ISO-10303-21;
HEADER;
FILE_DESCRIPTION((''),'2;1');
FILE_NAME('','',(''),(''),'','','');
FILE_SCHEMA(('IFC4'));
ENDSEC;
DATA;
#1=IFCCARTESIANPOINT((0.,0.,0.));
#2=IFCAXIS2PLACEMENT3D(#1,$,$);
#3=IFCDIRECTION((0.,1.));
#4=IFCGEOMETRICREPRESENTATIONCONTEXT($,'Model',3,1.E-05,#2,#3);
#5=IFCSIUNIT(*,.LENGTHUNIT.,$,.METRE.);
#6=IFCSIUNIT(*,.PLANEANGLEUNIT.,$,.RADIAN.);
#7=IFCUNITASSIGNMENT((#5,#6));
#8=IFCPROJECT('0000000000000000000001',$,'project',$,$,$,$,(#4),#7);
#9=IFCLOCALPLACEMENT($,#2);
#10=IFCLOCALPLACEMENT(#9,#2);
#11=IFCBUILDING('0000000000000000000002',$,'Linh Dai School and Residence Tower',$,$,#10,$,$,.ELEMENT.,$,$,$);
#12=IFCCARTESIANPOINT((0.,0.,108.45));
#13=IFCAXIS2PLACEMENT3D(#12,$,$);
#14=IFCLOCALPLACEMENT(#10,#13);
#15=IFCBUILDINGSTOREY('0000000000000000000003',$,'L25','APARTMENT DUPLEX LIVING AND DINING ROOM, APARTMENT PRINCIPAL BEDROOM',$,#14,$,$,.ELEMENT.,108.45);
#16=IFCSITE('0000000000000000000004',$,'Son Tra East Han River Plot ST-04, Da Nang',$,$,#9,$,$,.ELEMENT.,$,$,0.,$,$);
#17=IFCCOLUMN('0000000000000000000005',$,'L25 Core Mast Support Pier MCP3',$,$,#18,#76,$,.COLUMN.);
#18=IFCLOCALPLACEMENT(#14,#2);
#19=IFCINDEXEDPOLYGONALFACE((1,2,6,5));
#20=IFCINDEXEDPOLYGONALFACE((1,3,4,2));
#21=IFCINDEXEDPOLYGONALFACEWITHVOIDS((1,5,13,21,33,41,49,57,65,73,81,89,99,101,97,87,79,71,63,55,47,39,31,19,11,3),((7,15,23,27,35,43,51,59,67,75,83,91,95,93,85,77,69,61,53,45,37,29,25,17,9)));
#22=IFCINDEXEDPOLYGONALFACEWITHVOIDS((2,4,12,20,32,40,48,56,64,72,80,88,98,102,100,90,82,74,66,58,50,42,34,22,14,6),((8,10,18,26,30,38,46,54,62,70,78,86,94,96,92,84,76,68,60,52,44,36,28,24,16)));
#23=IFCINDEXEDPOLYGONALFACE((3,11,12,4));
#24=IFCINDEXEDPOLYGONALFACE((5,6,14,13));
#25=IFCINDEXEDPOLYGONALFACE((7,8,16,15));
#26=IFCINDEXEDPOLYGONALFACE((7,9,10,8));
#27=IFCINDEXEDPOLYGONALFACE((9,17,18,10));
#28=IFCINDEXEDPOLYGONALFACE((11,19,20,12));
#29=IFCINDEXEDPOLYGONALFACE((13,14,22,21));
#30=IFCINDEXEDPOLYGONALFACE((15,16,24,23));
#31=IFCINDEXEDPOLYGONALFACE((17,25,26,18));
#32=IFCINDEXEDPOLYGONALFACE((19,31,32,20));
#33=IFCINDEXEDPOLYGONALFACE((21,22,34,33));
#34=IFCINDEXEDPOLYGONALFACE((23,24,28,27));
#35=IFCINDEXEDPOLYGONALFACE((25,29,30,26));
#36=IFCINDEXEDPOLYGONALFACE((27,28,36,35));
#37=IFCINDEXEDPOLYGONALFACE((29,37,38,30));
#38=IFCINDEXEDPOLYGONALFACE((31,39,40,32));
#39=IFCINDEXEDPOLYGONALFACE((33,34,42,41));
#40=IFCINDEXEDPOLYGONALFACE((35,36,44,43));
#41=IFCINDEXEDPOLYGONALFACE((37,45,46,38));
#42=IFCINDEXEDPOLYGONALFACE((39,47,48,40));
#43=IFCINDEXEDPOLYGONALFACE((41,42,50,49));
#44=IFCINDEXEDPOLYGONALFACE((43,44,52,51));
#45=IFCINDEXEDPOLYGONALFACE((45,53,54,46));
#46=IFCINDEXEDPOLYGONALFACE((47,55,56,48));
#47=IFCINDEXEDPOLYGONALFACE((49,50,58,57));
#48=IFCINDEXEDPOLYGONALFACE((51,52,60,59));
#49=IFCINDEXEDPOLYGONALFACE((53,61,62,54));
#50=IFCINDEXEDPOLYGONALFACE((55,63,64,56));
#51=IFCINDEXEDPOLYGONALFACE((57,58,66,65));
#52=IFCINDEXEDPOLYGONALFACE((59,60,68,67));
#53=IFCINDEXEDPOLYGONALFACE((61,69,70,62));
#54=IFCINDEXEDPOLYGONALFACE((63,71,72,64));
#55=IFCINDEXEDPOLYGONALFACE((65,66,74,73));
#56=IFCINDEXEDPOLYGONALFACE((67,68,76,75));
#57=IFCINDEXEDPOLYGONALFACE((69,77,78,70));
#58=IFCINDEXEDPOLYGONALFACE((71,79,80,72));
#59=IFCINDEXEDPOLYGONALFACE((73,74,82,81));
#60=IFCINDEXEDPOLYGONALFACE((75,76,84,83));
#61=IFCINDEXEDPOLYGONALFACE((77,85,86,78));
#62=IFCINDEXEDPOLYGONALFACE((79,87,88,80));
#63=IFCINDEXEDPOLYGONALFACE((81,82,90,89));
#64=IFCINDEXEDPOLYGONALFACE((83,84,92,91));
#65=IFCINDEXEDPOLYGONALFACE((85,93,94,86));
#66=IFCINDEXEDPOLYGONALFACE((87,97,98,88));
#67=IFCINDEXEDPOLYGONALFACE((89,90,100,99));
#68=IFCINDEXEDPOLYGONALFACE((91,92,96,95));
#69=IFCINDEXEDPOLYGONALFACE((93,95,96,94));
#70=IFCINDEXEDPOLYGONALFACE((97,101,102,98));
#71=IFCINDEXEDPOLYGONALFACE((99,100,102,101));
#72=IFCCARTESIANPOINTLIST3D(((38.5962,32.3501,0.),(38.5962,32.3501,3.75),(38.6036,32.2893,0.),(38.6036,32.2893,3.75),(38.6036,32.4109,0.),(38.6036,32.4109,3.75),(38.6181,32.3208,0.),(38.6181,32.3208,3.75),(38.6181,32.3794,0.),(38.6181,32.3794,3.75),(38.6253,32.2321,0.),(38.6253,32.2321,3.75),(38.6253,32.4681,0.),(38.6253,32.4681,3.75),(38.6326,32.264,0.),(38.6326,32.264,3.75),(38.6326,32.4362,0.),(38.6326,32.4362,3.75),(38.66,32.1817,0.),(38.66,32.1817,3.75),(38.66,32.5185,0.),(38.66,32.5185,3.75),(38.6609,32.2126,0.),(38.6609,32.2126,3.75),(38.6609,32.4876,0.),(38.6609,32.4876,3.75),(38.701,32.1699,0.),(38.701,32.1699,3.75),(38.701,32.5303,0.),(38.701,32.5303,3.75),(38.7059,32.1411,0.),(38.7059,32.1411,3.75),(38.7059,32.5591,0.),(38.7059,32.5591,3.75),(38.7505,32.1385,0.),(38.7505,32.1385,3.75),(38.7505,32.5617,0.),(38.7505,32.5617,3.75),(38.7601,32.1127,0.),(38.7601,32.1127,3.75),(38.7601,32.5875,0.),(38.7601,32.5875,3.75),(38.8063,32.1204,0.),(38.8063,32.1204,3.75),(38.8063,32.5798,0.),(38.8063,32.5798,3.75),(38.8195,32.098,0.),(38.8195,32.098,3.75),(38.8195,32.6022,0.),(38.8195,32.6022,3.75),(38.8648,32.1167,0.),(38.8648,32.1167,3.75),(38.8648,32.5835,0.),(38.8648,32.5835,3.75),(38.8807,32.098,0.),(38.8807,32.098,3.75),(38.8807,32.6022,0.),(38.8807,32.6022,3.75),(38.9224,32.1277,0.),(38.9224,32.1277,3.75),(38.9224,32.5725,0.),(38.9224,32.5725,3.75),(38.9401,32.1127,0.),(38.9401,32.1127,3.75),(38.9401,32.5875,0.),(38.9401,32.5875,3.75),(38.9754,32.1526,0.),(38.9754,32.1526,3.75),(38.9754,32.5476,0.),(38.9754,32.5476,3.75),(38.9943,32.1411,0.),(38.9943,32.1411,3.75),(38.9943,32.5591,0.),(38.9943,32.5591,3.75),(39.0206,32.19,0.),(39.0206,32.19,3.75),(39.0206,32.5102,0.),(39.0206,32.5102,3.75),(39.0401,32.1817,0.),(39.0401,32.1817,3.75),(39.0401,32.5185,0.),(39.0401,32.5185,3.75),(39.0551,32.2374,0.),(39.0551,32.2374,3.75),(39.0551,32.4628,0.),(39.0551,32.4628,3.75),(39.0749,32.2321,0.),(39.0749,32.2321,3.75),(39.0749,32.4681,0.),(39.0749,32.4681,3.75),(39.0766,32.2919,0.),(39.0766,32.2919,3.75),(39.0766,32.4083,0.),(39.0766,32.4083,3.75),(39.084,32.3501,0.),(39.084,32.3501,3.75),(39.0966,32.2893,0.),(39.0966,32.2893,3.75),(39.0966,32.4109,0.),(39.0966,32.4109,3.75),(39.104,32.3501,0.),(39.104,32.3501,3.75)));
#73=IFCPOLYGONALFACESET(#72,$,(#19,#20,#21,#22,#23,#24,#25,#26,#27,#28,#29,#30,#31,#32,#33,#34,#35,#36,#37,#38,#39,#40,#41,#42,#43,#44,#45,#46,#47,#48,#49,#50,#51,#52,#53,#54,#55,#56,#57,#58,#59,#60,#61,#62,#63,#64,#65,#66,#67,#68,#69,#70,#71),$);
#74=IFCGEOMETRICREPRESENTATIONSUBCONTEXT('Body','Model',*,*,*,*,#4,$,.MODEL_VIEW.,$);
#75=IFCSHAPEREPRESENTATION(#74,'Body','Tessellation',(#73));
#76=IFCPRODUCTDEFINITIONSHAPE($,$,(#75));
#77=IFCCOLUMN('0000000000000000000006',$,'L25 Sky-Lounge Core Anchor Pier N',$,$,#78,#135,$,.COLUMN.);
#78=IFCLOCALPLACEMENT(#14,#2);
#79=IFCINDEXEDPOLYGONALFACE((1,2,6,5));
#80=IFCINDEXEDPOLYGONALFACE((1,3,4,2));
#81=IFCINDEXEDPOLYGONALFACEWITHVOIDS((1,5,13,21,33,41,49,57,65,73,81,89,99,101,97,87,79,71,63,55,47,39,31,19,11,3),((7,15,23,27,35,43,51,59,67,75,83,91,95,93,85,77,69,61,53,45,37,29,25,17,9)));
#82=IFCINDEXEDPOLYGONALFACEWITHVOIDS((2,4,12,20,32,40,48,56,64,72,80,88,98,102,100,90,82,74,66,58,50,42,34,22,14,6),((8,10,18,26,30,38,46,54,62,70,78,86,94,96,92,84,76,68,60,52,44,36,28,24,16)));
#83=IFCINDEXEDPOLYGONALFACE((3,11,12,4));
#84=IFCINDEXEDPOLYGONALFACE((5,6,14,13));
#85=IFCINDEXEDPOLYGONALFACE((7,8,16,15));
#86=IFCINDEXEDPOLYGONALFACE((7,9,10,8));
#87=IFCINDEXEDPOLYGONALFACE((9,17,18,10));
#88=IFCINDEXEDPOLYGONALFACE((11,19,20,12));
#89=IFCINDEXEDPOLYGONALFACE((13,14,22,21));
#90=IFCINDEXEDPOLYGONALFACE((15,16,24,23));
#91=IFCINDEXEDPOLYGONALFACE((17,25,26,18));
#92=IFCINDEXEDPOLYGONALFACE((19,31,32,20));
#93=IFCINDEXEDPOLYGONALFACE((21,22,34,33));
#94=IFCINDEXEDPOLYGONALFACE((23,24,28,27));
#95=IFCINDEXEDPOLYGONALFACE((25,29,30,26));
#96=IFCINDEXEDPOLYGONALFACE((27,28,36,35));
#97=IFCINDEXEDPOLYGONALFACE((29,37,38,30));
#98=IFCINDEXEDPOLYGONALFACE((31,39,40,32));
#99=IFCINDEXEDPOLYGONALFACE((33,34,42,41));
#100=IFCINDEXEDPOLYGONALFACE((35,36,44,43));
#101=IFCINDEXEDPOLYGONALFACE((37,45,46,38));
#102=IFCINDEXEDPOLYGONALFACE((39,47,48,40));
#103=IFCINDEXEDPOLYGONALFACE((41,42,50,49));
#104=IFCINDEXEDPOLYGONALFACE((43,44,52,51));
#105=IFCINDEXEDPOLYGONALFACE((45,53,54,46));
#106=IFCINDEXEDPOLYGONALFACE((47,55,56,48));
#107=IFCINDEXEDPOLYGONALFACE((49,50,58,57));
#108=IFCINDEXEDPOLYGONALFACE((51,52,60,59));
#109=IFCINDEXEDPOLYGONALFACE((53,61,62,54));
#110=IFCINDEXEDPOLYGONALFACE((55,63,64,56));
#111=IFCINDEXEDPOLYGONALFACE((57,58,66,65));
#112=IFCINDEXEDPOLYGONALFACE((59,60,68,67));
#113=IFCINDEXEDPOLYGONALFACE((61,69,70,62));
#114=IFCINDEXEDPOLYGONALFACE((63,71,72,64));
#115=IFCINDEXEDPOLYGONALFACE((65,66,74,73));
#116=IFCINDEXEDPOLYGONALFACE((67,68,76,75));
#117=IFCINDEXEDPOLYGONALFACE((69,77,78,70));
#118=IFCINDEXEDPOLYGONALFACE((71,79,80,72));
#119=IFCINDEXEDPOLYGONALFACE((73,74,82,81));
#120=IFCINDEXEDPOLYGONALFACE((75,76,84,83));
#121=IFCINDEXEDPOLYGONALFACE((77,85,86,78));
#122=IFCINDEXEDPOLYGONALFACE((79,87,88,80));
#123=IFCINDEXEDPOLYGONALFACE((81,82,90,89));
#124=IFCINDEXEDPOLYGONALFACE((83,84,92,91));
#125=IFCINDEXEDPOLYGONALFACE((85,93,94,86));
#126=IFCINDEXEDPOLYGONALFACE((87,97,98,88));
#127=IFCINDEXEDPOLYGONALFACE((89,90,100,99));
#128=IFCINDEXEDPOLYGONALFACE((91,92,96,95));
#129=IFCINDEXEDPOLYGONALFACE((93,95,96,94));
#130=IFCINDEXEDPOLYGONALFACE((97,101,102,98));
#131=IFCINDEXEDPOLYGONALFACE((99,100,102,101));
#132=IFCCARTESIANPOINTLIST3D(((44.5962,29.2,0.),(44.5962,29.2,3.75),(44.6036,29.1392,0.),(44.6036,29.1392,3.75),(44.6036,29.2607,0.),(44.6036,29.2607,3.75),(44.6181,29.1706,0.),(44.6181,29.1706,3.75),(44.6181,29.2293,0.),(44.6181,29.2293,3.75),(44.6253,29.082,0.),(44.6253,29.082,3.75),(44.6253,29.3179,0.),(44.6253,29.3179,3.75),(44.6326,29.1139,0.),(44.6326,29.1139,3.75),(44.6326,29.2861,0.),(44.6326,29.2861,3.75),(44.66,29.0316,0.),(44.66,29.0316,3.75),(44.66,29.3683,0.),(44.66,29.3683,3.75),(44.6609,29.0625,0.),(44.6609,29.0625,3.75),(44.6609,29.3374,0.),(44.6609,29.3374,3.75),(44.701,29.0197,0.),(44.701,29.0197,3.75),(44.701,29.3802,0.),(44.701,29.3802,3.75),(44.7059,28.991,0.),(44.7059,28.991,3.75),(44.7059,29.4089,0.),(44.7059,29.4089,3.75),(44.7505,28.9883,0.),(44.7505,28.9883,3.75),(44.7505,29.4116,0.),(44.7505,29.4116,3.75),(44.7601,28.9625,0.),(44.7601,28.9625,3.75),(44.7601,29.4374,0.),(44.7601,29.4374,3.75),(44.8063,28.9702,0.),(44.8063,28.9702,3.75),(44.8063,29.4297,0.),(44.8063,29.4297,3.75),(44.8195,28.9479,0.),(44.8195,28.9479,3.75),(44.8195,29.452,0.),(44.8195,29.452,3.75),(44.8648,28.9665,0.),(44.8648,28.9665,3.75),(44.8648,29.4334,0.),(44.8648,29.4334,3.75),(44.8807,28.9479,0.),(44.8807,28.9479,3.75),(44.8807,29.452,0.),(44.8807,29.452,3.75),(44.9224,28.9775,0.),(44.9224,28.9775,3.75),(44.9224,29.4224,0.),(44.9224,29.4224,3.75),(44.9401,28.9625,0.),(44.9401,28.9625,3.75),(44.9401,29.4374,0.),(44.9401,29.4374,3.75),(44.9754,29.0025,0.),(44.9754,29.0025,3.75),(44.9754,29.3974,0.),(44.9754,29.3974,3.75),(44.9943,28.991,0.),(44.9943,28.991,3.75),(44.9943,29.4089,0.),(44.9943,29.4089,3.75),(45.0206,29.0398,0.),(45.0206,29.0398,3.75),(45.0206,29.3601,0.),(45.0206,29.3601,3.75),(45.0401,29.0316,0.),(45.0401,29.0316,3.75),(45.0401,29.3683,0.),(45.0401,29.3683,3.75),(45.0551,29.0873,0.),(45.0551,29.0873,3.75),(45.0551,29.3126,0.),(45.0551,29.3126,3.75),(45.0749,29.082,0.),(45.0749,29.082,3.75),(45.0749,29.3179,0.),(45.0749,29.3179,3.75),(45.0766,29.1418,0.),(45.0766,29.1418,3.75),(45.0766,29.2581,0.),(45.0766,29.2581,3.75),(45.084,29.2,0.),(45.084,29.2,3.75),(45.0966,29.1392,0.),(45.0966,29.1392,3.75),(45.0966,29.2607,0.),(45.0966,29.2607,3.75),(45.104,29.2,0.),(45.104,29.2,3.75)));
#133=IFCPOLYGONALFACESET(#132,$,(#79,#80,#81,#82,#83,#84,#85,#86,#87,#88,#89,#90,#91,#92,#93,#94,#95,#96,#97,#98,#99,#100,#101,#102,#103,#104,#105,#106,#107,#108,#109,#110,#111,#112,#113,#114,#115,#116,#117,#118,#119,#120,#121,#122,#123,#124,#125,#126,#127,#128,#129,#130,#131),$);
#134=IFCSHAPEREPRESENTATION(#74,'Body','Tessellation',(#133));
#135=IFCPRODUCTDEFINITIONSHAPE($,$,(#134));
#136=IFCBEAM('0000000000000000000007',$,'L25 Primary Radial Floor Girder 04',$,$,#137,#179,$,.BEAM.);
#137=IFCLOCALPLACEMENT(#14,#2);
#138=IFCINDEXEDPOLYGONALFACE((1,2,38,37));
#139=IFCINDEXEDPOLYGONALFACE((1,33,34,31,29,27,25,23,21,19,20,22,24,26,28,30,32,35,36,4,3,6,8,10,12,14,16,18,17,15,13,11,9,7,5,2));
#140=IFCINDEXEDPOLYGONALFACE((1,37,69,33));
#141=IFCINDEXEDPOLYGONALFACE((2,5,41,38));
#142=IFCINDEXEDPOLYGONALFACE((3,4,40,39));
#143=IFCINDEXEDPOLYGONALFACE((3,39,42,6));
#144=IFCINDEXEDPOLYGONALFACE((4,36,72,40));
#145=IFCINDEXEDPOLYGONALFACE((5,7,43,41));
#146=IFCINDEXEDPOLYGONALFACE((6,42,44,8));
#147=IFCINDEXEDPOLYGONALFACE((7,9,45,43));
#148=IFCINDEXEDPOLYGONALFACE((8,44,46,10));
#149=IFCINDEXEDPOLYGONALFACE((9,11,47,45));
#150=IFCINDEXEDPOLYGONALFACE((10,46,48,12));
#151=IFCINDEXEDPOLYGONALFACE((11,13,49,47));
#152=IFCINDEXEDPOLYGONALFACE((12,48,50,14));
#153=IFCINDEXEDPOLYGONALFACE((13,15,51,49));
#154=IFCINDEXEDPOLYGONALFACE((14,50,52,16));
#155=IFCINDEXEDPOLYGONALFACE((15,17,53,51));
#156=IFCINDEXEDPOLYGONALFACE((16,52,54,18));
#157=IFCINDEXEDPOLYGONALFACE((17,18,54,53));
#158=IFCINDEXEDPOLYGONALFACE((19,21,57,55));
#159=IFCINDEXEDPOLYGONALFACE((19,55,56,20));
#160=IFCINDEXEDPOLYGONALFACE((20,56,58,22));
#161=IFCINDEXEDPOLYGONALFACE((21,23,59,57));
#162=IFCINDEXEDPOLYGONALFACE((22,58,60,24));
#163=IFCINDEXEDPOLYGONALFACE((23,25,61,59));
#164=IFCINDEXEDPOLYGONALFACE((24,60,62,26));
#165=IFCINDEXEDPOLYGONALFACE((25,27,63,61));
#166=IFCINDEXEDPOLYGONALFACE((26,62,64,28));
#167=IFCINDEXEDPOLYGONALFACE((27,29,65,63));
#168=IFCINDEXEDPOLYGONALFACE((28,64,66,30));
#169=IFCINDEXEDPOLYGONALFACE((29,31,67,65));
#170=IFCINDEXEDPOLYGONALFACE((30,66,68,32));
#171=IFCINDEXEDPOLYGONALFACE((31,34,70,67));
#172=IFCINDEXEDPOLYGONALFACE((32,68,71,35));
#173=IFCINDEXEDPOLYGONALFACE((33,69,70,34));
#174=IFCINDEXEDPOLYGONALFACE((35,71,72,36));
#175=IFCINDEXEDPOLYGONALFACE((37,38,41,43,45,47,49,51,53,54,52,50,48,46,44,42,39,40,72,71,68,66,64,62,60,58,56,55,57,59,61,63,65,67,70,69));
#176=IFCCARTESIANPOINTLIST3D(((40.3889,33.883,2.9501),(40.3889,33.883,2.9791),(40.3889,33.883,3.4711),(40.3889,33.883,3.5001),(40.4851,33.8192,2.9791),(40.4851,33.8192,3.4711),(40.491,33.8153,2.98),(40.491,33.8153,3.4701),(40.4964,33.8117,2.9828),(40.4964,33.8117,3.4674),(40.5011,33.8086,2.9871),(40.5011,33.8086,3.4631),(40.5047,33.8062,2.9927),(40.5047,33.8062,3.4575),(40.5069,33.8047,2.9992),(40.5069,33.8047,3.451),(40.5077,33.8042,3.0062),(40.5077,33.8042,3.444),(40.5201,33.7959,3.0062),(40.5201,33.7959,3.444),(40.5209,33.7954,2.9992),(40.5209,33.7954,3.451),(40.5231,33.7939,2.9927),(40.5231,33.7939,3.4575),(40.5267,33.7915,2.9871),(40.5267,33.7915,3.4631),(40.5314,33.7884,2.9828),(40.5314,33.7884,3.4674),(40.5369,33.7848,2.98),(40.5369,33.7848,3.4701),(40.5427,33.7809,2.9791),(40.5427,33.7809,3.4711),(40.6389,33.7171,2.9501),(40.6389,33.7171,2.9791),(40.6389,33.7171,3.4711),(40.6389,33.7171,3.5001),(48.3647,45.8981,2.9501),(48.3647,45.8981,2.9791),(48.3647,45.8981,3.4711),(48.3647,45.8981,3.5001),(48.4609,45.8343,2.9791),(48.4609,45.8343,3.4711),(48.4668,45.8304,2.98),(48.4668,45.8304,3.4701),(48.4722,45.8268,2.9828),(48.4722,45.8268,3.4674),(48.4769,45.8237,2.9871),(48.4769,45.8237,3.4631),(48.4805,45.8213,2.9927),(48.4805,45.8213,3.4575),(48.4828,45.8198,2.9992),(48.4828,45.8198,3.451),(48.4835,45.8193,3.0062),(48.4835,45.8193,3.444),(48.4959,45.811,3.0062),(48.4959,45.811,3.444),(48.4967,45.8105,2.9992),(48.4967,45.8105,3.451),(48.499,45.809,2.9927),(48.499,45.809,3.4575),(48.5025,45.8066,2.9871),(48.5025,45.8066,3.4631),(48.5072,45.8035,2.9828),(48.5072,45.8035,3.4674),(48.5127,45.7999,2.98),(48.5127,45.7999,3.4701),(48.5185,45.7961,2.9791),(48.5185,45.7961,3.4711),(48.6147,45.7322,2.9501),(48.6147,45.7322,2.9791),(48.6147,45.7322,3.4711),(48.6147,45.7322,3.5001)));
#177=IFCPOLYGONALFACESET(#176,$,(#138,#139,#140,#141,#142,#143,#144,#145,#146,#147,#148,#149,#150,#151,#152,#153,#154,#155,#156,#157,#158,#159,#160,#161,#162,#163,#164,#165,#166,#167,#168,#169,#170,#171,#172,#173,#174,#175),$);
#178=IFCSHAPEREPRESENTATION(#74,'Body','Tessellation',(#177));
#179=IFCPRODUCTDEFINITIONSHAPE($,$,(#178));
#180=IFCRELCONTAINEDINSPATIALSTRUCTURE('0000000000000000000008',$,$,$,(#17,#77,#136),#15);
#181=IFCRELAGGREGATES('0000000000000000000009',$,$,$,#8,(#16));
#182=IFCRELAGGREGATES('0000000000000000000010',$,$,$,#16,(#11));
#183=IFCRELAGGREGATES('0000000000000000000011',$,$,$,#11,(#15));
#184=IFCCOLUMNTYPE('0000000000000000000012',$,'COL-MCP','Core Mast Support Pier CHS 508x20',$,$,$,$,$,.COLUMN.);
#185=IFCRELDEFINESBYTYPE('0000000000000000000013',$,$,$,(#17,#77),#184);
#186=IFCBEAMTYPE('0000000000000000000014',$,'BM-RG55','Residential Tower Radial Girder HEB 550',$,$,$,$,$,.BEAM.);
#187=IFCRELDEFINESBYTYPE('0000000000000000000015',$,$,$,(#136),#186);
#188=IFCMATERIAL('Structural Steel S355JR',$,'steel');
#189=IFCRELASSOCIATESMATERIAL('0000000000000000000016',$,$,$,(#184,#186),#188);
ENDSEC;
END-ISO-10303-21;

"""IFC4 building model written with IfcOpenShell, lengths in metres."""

from ifc_helpers import new_model, si_unit, direction, frame, origin, origin_2d, place, context, subcontext, project, spatial, hollow_circle, i_section, extrude, material, material_profile, profile_set, type_object, element, save


model = new_model("IFC4")

# Units and contexts
model_context = context("Model", 3, precision=1e-05, world=origin(), true_north=direction((0.0, 1.0)))
body_context = subcontext(model_context, "Body", "Model", "MODEL_VIEW")
ifc_project = project(units=[si_unit("LENGTHUNIT", "METRE"), si_unit("PLANEANGLEUNIT", "RADIAN")], contexts=[model_context])

# Site, building, storey
site_placement = place(None, origin())
site = spatial("IfcSite", under=ifc_project, at=site_placement, Name="Son Tra East Han River Plot ST-04, Da Nang", CompositionType="ELEMENT", RefElevation=0.0)
building_placement = place(site_placement, origin())
building = spatial("IfcBuilding", under=site, at=building_placement, Name="Linh Dai School and Residence Tower", CompositionType="ELEMENT")
storey_placement = place(building_placement, frame((0.0, 0.0, 108.45)))
storey = spatial("IfcBuildingStorey", under=building, at=storey_placement, Name="L25", Description="APARTMENT DUPLEX LIVING AND DINING ROOM, APARTMENT PRINCIPAL BEDROOM", CompositionType="ELEMENT", Elevation=108.45)

# Columns
ifc_material_1 = material(Name="Structural Steel S355JR", Category="steel")
ifc_material_profile_1 = material_profile(ifc_material_1, hollow_circle(Radius=0.2539, WallThickness=0.02, at=origin_2d()), Name="CHS 508x20")
ifc_profile_set_1 = profile_set([ifc_material_profile_1], Name="Structural Steel S355JR")
column_type_1 = type_object("IfcColumnType", Name="COL-MCP", Description="Core Mast Support Pier CHS 508x20", PredefinedType="COLUMN", material=ifc_profile_set_1)
for number, where, z_axis, x_axis, name in (
    (1, (38.8501, 32.3501, 0.0), (0.0, 0.0, 1.0), (1.0, 0.0, 0.0), "L25 Core Mast Support Pier MCP3"),
    (2, (44.8501, 29.2, 0.0), (0.0, 0.0, 1.0), (1.0, 0.0, 0.0), "L25 Sky-Lounge Core Anchor Pier N"),
):
    element("IfcColumn", number, at=place(storey_placement, frame(where, z_axis=z_axis, x_axis=x_axis)), inside=storey, type_object=column_type_1, Name=name, PredefinedType="COLUMN", context=body_context, shape_type="SweptSolid", body=[
        extrude(hollow_circle(Radius=0.2539, WallThickness=0.02, at=origin_2d()), origin(), (0.0, 0.0, 1.0), 3.75),
    ])

# Beam
ifc_material_profile_2 = material_profile(ifc_material_1, i_section(OverallWidth=0.3, OverallDepth=0.55, WebThickness=0.0149, FlangeThickness=0.0291, FilletRadius=0.0271, at=origin_2d()), Name="HEB 550")
ifc_profile_set_2 = profile_set([ifc_material_profile_2], Name="Structural Steel S355JR")
beam_type_1 = type_object("IfcBeamType", Name="BM-RG55", Description="Residential Tower Radial Girder HEB 550", PredefinedType="BEAM", material=ifc_profile_set_2)
beam_1_placement = place(storey_placement, frame((40.5139, 33.8, 3.2251), z_axis=(0.553054, 0.833145, 0.0), x_axis=(-0.833145, 0.553054, 0.0)))
element("IfcBeam", 3, at=beam_1_placement, inside=storey, type_object=beam_type_1, Name="L25 Primary Radial Floor Girder 04", PredefinedType="BEAM", context=body_context, shape_type="SweptSolid", body=[
    extrude(i_section(OverallWidth=0.3, OverallDepth=0.55, WebThickness=0.0149, FlangeThickness=0.0291, FilletRadius=0.0271, at=origin_2d()), origin(), (0.0, 0.0, 1.0), 14.4214),
])

save(model, "model.ifc")
